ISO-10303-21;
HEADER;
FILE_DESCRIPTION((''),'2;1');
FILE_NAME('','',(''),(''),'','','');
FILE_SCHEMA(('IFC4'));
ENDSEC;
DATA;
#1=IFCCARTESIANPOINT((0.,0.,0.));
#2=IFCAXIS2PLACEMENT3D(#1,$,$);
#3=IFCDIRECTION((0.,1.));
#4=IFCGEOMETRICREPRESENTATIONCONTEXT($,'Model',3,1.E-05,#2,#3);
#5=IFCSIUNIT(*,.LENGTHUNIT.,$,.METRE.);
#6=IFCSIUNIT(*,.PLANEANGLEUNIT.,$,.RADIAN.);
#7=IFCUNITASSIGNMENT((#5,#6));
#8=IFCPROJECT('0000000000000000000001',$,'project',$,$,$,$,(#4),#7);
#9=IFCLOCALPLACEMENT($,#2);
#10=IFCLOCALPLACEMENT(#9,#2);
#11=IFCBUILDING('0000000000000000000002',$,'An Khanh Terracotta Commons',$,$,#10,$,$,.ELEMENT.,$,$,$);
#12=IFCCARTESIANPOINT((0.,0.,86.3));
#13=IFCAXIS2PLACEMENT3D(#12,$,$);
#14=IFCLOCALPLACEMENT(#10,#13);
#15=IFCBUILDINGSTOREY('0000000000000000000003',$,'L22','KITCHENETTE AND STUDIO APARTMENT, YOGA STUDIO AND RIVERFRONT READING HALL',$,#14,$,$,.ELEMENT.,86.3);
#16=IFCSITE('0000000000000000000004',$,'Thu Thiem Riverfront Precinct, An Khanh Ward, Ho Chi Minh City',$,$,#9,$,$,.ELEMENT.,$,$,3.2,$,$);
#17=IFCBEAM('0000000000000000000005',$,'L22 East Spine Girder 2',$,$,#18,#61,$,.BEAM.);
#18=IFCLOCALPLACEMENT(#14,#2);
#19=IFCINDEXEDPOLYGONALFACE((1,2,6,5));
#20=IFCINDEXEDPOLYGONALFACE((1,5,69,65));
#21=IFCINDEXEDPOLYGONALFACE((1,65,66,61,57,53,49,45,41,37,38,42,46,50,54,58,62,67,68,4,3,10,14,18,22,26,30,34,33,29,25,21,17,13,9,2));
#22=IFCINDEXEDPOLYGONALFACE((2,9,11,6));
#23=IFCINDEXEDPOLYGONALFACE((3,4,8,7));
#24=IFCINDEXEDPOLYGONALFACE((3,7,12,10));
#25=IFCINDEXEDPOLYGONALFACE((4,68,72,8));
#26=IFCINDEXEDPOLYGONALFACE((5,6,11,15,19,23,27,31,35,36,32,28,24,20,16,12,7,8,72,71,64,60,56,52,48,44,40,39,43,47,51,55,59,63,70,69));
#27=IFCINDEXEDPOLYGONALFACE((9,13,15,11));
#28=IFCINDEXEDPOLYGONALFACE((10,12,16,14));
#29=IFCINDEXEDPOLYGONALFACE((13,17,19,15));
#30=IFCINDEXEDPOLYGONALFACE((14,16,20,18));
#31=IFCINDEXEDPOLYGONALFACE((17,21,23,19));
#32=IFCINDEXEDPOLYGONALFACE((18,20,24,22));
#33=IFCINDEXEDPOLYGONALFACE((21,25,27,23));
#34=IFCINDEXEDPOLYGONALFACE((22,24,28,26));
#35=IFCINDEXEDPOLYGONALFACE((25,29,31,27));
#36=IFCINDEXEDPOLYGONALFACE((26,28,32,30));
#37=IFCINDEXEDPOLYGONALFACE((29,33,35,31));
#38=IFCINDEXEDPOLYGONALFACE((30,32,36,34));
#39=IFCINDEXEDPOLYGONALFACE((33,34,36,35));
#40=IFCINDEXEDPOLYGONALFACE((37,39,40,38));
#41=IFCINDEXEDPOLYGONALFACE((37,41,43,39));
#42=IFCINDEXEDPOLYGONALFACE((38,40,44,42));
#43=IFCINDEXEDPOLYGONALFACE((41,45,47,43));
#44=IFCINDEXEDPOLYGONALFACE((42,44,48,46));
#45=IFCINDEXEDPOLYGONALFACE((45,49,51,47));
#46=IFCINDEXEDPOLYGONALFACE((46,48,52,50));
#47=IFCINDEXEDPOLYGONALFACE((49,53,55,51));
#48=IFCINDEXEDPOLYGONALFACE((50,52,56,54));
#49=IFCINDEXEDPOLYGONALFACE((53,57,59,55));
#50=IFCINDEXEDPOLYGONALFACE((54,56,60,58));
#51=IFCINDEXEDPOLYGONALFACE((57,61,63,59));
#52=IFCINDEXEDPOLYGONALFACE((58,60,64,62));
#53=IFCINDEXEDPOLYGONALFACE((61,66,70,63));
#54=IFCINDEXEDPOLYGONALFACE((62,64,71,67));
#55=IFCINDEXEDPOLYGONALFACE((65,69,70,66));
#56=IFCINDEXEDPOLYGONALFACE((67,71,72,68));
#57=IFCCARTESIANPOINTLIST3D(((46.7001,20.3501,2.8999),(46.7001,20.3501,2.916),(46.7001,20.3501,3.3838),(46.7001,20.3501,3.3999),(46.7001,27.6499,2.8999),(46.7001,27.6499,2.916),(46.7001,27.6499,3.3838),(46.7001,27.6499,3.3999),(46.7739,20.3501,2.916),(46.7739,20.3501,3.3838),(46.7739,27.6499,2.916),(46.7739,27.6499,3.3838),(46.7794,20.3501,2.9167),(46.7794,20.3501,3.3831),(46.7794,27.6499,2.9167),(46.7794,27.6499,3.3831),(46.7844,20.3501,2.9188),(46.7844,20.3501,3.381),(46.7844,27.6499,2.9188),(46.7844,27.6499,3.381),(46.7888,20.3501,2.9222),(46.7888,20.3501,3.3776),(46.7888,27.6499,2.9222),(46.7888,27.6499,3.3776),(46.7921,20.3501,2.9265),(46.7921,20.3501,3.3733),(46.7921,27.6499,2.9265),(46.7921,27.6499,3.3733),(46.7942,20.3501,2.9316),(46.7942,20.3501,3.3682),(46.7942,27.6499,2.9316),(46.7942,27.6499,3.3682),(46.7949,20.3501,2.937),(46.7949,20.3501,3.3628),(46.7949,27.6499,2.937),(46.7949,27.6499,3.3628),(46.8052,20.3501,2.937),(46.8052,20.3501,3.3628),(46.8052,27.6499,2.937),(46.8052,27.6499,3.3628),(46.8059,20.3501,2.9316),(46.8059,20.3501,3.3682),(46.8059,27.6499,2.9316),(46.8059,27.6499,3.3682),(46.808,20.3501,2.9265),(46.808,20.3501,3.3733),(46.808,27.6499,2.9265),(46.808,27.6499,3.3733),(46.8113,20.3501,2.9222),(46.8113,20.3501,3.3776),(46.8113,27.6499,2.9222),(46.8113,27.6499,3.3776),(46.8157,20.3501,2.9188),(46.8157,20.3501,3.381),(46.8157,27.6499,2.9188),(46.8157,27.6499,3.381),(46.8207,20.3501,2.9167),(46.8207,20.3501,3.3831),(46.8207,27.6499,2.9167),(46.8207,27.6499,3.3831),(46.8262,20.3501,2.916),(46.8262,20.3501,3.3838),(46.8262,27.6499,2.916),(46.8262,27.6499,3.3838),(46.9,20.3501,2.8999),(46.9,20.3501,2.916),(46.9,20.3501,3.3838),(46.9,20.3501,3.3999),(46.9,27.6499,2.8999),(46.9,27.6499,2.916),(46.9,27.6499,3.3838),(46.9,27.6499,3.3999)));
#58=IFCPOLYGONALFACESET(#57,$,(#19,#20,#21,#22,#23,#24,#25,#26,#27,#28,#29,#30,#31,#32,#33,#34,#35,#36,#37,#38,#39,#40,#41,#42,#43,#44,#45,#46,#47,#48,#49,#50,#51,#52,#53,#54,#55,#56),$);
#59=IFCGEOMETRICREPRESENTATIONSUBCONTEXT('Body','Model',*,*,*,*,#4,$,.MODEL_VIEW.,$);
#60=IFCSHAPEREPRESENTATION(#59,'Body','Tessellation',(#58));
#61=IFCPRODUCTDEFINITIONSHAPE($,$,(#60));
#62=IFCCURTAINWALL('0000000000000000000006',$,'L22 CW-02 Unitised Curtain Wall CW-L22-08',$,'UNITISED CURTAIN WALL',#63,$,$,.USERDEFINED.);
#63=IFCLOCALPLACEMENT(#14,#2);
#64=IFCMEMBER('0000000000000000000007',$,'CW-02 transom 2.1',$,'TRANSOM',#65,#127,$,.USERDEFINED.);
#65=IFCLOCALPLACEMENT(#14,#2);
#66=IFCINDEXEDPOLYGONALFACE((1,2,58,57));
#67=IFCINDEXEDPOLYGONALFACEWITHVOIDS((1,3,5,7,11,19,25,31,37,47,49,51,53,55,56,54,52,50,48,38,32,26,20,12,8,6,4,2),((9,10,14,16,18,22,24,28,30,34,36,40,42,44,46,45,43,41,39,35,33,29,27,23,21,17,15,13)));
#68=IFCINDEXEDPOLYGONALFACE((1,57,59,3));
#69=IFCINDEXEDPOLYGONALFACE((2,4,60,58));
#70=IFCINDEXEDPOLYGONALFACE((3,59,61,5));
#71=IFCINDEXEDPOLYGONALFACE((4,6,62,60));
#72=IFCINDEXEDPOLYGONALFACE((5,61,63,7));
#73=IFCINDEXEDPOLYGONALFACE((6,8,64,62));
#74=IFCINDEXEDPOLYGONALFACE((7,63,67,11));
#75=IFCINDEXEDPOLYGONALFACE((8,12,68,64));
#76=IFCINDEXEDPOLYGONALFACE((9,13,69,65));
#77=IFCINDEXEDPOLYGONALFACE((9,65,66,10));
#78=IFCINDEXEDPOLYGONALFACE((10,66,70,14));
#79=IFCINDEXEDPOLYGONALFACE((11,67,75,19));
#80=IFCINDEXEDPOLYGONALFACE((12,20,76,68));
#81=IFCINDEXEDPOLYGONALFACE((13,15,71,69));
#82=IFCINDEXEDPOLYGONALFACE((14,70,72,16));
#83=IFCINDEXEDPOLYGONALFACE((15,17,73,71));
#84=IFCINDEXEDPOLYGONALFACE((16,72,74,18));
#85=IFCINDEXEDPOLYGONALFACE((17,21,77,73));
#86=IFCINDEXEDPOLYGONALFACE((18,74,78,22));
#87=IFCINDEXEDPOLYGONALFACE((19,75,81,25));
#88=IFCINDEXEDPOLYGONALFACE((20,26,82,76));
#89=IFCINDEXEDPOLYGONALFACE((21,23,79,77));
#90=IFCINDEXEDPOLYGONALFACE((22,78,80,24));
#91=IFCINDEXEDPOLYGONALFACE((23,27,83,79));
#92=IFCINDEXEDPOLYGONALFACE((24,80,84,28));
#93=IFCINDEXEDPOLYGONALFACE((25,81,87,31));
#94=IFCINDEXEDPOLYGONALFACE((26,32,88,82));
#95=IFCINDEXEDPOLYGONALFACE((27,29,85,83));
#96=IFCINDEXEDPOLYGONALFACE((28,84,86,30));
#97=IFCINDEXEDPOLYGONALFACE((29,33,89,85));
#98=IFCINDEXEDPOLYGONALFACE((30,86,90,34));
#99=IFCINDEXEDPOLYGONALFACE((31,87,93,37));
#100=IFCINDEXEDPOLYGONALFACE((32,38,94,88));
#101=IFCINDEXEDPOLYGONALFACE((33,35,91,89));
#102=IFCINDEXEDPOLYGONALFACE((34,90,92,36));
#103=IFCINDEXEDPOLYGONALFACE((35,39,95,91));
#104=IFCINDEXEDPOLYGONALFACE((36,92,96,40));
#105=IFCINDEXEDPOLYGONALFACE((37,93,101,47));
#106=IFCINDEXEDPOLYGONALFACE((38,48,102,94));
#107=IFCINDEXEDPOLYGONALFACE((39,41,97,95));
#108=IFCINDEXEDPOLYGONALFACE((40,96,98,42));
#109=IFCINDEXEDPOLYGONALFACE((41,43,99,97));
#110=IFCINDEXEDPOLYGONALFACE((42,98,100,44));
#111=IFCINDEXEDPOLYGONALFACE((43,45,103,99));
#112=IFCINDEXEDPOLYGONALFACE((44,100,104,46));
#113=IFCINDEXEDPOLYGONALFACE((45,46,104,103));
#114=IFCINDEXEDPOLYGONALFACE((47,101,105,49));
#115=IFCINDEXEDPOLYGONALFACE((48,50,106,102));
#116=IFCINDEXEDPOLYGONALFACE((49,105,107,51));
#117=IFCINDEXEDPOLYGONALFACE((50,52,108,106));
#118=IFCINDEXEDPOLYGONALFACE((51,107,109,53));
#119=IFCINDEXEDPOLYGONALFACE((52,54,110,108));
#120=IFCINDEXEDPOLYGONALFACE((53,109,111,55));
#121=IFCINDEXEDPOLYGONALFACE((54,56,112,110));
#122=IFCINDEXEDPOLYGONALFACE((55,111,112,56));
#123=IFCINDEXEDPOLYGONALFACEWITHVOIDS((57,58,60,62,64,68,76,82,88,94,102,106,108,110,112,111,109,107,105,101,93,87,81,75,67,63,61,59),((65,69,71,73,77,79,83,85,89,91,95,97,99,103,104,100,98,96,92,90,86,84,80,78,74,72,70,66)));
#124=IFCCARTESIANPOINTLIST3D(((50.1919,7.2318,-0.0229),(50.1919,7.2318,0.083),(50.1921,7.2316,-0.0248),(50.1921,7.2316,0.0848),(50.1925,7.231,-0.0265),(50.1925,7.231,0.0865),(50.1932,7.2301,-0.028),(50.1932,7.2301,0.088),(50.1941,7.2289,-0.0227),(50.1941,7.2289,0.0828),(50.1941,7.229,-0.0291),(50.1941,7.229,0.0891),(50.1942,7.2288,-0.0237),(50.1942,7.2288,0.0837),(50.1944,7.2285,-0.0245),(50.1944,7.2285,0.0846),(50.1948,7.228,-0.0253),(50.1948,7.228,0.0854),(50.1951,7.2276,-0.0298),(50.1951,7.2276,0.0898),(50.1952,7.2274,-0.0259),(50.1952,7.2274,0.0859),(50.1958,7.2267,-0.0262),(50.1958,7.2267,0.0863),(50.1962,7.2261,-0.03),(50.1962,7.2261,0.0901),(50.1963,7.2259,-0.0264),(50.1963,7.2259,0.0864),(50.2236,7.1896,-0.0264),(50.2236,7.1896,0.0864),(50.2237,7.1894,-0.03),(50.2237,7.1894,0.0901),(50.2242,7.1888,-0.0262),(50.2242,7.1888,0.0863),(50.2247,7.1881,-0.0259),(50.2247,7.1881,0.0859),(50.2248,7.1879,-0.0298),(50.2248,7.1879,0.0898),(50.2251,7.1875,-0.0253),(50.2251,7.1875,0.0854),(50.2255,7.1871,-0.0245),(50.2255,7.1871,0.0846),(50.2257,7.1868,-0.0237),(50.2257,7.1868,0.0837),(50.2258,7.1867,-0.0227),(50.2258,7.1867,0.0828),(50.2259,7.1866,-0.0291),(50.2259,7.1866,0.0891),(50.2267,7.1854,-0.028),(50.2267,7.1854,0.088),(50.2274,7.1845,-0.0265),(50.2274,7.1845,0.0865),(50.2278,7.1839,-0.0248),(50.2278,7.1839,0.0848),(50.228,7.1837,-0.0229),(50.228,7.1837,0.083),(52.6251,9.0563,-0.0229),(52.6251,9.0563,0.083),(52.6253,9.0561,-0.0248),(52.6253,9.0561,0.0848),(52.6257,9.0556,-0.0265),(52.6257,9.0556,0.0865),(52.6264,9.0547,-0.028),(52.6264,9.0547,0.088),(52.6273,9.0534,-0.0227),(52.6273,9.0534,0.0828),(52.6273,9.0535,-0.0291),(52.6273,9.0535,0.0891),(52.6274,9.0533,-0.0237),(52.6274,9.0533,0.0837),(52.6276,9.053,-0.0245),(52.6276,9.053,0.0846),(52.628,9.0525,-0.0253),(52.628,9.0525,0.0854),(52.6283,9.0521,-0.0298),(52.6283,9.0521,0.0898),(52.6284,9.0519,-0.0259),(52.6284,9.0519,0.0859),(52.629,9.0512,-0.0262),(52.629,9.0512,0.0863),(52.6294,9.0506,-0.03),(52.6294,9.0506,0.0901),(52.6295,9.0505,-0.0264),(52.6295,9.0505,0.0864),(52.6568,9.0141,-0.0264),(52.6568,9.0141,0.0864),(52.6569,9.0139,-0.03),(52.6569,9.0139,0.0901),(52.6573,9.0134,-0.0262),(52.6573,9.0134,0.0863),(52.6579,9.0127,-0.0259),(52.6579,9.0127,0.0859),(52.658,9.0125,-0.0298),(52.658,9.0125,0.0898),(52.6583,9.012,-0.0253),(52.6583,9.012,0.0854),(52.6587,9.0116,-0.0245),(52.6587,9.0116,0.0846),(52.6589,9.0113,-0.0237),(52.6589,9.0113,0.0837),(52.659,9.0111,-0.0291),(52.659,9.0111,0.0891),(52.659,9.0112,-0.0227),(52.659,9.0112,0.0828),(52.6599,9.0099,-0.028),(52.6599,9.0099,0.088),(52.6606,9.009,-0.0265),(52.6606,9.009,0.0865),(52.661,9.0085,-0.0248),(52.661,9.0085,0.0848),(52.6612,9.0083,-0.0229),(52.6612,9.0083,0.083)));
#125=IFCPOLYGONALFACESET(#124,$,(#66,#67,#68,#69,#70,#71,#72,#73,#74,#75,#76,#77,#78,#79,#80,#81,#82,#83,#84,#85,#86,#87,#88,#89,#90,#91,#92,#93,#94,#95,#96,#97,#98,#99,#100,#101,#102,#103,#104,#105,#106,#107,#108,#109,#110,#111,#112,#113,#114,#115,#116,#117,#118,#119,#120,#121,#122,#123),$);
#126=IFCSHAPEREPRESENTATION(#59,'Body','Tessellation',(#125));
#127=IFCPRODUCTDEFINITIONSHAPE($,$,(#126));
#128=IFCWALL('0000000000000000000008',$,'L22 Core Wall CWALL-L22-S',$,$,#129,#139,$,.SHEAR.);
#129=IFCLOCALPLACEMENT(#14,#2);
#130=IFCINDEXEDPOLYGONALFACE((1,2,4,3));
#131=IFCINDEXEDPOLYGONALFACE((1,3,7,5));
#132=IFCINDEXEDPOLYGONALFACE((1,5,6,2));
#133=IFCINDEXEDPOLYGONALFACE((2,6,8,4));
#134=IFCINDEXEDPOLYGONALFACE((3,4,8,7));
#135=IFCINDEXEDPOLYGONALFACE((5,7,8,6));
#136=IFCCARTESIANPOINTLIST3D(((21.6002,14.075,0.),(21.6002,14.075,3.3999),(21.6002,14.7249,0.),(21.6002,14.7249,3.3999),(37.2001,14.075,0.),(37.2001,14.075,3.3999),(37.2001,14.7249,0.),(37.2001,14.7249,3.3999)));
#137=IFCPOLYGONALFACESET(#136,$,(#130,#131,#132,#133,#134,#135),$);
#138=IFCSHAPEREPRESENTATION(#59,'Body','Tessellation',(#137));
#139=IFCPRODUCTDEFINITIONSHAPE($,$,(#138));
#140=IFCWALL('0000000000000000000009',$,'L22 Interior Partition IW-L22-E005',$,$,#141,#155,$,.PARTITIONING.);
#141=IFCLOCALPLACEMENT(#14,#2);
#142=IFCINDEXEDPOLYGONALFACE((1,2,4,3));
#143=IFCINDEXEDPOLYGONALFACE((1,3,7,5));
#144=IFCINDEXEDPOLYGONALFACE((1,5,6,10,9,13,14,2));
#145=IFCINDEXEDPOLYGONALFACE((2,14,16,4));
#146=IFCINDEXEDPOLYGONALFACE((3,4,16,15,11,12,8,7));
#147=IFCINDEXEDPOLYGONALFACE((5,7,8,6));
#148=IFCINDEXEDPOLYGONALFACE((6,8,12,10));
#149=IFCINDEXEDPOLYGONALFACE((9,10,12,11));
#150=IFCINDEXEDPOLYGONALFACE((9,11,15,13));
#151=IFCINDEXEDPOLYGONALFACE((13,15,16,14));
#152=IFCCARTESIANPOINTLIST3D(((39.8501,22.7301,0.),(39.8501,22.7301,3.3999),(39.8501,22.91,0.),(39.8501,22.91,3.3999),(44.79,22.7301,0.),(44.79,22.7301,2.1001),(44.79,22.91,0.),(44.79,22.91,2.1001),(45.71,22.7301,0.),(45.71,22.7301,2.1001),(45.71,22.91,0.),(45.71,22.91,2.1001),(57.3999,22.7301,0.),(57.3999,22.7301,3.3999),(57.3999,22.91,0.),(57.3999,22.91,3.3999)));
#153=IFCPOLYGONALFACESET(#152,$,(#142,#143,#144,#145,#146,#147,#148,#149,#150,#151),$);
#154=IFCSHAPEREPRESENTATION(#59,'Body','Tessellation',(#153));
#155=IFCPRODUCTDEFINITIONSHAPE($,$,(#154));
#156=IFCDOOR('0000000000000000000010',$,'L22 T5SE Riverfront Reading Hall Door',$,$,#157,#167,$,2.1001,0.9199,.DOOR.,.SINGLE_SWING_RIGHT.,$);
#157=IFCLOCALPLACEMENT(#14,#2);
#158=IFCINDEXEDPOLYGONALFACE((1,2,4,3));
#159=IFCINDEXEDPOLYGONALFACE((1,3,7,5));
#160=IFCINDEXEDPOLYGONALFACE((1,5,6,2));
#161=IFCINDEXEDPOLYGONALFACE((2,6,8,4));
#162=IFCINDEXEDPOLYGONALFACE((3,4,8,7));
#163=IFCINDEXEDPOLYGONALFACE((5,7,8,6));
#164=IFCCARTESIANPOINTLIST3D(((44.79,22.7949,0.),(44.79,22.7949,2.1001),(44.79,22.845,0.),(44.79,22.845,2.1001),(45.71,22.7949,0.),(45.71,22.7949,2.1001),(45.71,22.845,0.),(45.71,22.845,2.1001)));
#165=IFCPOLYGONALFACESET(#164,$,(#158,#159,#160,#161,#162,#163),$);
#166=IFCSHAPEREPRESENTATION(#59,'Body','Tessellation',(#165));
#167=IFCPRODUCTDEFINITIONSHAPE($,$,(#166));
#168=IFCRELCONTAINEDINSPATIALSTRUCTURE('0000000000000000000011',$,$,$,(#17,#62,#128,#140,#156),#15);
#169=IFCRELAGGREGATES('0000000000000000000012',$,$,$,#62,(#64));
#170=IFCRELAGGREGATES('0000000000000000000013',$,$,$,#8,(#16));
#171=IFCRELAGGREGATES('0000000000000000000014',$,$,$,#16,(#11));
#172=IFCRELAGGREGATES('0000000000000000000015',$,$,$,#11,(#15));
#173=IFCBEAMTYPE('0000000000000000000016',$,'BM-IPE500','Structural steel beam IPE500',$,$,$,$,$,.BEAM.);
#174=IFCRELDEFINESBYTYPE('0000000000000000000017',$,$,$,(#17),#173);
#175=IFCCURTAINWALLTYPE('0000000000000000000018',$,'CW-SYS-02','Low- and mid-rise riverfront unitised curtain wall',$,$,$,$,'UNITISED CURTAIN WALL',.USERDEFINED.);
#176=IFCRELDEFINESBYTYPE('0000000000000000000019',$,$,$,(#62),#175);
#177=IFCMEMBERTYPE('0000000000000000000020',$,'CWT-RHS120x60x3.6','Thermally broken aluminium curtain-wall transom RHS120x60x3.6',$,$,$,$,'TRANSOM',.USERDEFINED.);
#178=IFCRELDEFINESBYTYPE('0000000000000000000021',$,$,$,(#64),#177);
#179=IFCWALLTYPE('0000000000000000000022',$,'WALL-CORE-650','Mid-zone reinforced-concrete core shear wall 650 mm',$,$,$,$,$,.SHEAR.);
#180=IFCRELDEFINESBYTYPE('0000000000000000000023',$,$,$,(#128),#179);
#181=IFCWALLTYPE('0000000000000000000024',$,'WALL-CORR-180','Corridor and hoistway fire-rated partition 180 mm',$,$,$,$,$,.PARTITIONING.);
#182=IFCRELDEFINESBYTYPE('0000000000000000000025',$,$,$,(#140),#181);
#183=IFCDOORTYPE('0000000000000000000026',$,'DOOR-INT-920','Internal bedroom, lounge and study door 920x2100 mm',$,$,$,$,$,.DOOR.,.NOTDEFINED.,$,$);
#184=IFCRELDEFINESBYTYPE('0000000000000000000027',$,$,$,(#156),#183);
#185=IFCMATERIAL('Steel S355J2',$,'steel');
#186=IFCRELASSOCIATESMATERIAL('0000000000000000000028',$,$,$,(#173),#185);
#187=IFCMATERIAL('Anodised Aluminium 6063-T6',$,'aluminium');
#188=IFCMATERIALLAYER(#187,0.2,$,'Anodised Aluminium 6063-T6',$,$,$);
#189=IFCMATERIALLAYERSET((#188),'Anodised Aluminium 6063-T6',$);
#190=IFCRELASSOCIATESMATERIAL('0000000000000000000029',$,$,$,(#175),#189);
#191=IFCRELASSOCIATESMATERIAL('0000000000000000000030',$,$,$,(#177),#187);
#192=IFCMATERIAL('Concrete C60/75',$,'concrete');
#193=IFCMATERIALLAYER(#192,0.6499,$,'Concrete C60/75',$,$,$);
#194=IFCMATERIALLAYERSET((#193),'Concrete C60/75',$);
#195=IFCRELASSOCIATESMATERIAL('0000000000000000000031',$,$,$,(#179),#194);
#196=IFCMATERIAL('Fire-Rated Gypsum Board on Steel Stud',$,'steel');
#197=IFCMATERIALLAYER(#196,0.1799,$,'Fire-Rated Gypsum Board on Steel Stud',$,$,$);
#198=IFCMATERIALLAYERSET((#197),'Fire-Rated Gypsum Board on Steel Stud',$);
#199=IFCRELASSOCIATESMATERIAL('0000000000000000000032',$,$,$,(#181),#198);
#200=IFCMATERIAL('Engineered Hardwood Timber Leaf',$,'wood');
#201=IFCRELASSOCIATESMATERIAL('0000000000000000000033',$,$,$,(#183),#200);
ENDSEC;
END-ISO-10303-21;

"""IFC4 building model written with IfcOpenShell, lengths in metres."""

from ifc_helpers import new_model, si_unit, direction, frame, frame_2d, origin, origin_2d, place, context, subcontext, project, spatial, rectangle, hollow_rectangle, i_section, extrude, material, layer, layer_set, material_profile, profile_set, type_object, element, fill, aggregate, save


model = new_model("IFC4")

# Units and contexts
model_context = context("Model", 3, precision=1e-05, world=origin(), true_north=direction((0.0, 1.0)))
body_context = subcontext(model_context, "Body", "Model", "MODEL_VIEW")
ifc_project = project(units=[si_unit("LENGTHUNIT", "METRE"), si_unit("PLANEANGLEUNIT", "RADIAN")], contexts=[model_context])

# Site, building, storey
site_placement = place(None, origin())
site = spatial("IfcSite", under=ifc_project, at=site_placement, Name="Thu Thiem Riverfront Precinct, An Khanh Ward, Ho Chi Minh City", CompositionType="ELEMENT", RefElevation=3.2)
building_placement = place(site_placement, origin())
building = spatial("IfcBuilding", under=site, at=building_placement, Name="An Khanh Terracotta Commons", CompositionType="ELEMENT")
storey_placement = place(building_placement, frame((0.0, 0.0, 86.3)))
storey = spatial("IfcBuildingStorey", under=building, at=storey_placement, Name="L22", Description="KITCHENETTE AND STUDIO APARTMENT, YOGA STUDIO AND RIVERFRONT READING HALL", CompositionType="ELEMENT", Elevation=86.3)

# Beam
ifc_material_1 = material(Name="Steel S355J2", Category="steel")
ifc_material_profile_1 = material_profile(ifc_material_1, i_section(OverallWidth=0.2, OverallDepth=0.5, WebThickness=0.0103, FlangeThickness=0.0161, FilletRadius=0.021, at=origin_2d()), Name="IPE500")
ifc_profile_set_1 = profile_set([ifc_material_profile_1], Name="Steel S355J2")
beam_type_1 = type_object("IfcBeamType", Name="BM-IPE500", Description="Structural steel beam IPE500", PredefinedType="BEAM", material=ifc_profile_set_1)
beam_1_placement = place(storey_placement, frame((46.8, 20.3501, 3.1499), z_axis=(0.0, 1.0, 0.0), x_axis=(-1.0, 0.0, 0.0)))
element("IfcBeam", 1, at=beam_1_placement, inside=storey, type_object=beam_type_1, Name="L22 East Spine Girder 2", PredefinedType="BEAM", context=body_context, shape_type="SweptSolid", body=[
    extrude(i_section(OverallWidth=0.2, OverallDepth=0.5, WebThickness=0.0103, FlangeThickness=0.0161, FilletRadius=0.021, at=origin_2d()), origin(), (0.0, 0.0, 1.0), 7.2998),
])

# Curtain wall, member
ifc_material_2 = material(Name="Anodised Aluminium 6063-T6", Category="aluminium")
ifc_layer_1 = layer(ifc_material_2, 0.2, Name="Anodised Aluminium 6063-T6")
ifc_layer_set_1 = layer_set([ifc_layer_1], Name="Anodised Aluminium 6063-T6")
curtain_wall_type = type_object("IfcCurtainWallType", Name="CW-SYS-02", Description="Low- and mid-rise riverfront unitised curtain wall", ElementType="UNITISED CURTAIN WALL", PredefinedType="USERDEFINED", material=ifc_layer_set_1)
curtain_wall_placement = place(storey_placement, origin())
curtain_wall = element("IfcCurtainWall", 2, at=curtain_wall_placement, inside=storey, type_object=curtain_wall_type, Name="L22 CW-02 Unitised Curtain Wall CW-L22-08", ObjectType="UNITISED CURTAIN WALL", PredefinedType="USERDEFINED")
ifc_material_profile_2 = material_profile(ifc_material_2, hollow_rectangle(XDim=0.0601, YDim=0.1201, WallThickness=0.0037, InnerFilletRadius=0.0037, OuterFilletRadius=0.0071, at=origin_2d()), Name="RHS120x60x3.6")
ifc_profile_set_2 = profile_set([ifc_material_profile_2], Name="Anodised Aluminium 6063-T6")
member_type = type_object("IfcMemberType", Name="CWT-RHS120x60x3.6", Description="Thermally broken aluminium curtain-wall transom RHS120x60x3.6", ElementType="TRANSOM", PredefinedType="USERDEFINED", material=ifc_profile_set_2)
member_placement = place(storey_placement, frame((50.21, 7.2078, 0.03), z_axis=(0.800058, 0.599923, 0.0), x_axis=(-0.599923, 0.800058, 0.0)))
member = element("IfcMember", 3, at=member_placement, type_object=member_type, Name="CW-02 transom 2.1", ObjectType="TRANSOM", PredefinedType="USERDEFINED", context=body_context, shape_type="SweptSolid", body=[
    extrude(hollow_rectangle(XDim=0.0601, YDim=0.1201, WallThickness=0.0037, InnerFilletRadius=0.0037, OuterFilletRadius=0.0071, at=origin_2d()), origin(), (0.0, 0.0, 1.0), 3.0413),
])
aggregate(curtain_wall, [member])

# Wall
ifc_material_3 = material(Name="Concrete C60/75", Category="concrete")
ifc_layer_2 = layer(ifc_material_3, 0.6499, Name="Concrete C60/75")
ifc_layer_set_2 = layer_set([ifc_layer_2], Name="Concrete C60/75")
wall_type_1 = type_object("IfcWallType", Name="WALL-CORE-650", Description="Mid-zone reinforced-concrete core shear wall 650 mm", PredefinedType="SHEAR", material=ifc_layer_set_2)
wall_1_placement = place(storey_placement, frame((37.2, 14.3999, 0.0), z_axis=(0.0, 0.0, 1.0), x_axis=(-1.0, 0.0, 0.0)))
element("IfcWall", 4, at=wall_1_placement, inside=storey, type_object=wall_type_1, Name="L22 Core Wall CWALL-L22-S", PredefinedType="SHEAR", context=body_context, shape_type="SweptSolid", body=[
    extrude(rectangle(XDim=15.5999, YDim=0.6499, at=frame_2d((7.7998, 0.0))), origin(), (0.0, 0.0, 1.0), 3.3999),
])

# Wall, opening, door
ifc_material_4 = material(Name="Fire-Rated Gypsum Board on Steel Stud", Category="steel")
ifc_layer_3 = layer(ifc_material_4, 0.1799, Name="Fire-Rated Gypsum Board on Steel Stud")
ifc_layer_set_3 = layer_set([ifc_layer_3], Name="Fire-Rated Gypsum Board on Steel Stud")
wall_type_2 = type_object("IfcWallType", Name="WALL-CORR-180", Description="Corridor and hoistway fire-rated partition 180 mm", PredefinedType="PARTITIONING", material=ifc_layer_set_3)
wall_2_placement = place(storey_placement, frame((39.8501, 22.8201, 0.0), z_axis=(0.0, 0.0, 1.0), x_axis=(1.0, 0.0, 0.0)))
wall_2 = element("IfcWall", 5, at=wall_2_placement, inside=storey, type_object=wall_type_2, Name="L22 Interior Partition IW-L22-E005", PredefinedType="PARTITIONING", context=body_context, shape_type="SweptSolid", body=[
    extrude(rectangle(XDim=17.5498, YDim=0.1799, at=frame_2d((8.7749, 0.0))), origin(), (0.0, 0.0, 1.0), 3.3999),
])
opening_1_placement = place(wall_2_placement, frame((4.9399, 0.0, 0.0)))
opening_1 = element("IfcOpeningElement", 6, at=opening_1_placement, cuts=wall_2, PredefinedType="OPENING", context=body_context, shape_type="SweptSolid", body=[
    extrude(rectangle(XDim=0.9199, YDim=2.1001, at=frame_2d((0.46, 1.05))), frame((0.0, 0.0999, 0.0), z_axis=(0.0, -1.0, 0.0), x_axis=(1.0, 0.0, 0.0)), (0.0, 0.0, 1.0), 0.2),
])
ifc_material_5 = material(Name="Engineered Hardwood Timber Leaf", Category="wood")
door_type_1 = type_object("IfcDoorType", Name="DOOR-INT-920", Description="Internal bedroom, lounge and study door 920x2100 mm", OperationType="NOTDEFINED", PredefinedType="DOOR", material=ifc_material_5)
door_1_placement = place(opening_1_placement, origin())
door_1 = element("IfcDoor", 7, at=door_1_placement, inside=storey, type_object=door_type_1, Name="L22 T5SE Riverfront Reading Hall Door", OperationType="SINGLE_SWING_RIGHT", OverallHeight=2.1001, OverallWidth=0.9199, PredefinedType="DOOR", context=body_context, shape_type="SweptSolid", body=[
    extrude(rectangle(XDim=0.9199, YDim=2.1001, at=frame_2d((0.46, 1.05))), frame((0.0, 0.0249, 0.0), z_axis=(0.0, -1.0, 0.0), x_axis=(1.0, 0.0, 0.0)), (0.0, 0.0, 1.0), 0.05),
])
fill(opening_1, door_1)

save(model, "model.ifc")
